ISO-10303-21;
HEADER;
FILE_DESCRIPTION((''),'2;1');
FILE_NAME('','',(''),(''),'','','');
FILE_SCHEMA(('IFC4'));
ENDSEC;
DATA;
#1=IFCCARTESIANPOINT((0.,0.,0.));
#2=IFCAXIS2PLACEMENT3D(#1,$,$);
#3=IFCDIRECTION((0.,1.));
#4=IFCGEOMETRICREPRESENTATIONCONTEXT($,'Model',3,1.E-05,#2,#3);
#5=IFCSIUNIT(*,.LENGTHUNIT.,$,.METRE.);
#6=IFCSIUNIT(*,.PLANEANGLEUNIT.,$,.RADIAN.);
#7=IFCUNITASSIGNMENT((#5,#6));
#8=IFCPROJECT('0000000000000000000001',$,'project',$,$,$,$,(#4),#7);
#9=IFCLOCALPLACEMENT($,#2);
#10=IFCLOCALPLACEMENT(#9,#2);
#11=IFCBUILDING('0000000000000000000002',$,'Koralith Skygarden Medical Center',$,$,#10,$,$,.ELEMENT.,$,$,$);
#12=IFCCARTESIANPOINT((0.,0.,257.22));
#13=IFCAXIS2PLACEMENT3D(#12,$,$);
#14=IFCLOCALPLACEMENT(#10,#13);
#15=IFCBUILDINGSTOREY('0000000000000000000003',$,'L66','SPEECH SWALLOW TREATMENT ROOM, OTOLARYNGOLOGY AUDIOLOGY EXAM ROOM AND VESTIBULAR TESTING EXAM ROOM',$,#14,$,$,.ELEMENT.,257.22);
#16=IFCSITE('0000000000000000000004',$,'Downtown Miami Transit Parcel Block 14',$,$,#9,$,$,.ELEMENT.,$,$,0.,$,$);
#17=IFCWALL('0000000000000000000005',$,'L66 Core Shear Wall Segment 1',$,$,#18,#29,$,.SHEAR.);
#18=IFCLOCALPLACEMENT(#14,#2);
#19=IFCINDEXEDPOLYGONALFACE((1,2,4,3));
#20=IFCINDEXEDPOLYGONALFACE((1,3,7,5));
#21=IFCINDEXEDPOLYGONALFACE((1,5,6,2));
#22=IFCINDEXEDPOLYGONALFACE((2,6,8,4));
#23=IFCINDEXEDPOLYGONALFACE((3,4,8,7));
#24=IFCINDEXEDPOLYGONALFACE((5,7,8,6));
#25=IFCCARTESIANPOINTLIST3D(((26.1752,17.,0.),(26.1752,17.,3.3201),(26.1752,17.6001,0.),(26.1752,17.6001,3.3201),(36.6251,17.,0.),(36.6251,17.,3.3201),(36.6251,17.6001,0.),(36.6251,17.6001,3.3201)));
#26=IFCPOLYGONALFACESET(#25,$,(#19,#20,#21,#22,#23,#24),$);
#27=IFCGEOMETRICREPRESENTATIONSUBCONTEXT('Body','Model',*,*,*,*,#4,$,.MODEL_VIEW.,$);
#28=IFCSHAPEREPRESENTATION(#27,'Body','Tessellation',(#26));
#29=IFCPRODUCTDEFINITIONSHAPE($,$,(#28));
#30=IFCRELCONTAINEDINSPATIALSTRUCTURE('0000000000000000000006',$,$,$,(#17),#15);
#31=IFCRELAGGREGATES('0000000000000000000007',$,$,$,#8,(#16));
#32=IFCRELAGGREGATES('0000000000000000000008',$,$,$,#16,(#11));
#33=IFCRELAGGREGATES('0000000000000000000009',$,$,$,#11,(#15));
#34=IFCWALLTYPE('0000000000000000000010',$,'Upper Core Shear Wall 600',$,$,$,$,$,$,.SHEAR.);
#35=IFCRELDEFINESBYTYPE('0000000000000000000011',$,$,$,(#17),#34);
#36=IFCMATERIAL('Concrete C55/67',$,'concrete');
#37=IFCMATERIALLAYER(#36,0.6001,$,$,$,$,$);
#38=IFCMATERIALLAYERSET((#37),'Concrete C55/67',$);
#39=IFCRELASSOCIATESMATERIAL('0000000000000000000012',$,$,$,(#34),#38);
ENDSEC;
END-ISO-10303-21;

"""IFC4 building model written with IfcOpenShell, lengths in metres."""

from ifc_helpers import new_model, si_unit, direction, frame, frame_2d, origin, place, context, subcontext, project, spatial, rectangle, extrude, material, layer, layer_set, type_object, element, save


model = new_model("IFC4")

# Units and contexts
model_context = context("Model", 3, precision=1e-05, world=origin(), true_north=direction((0.0, 1.0)))
body_context = subcontext(model_context, "Body", "Model", "MODEL_VIEW")
ifc_project = project(units=[si_unit("LENGTHUNIT", "METRE"), si_unit("PLANEANGLEUNIT", "RADIAN")], contexts=[model_context])

# Site, building, storey
site_placement = place(None, origin())
site = spatial("IfcSite", under=ifc_project, at=site_placement, Name="Downtown Miami Transit Parcel Block 14", CompositionType="ELEMENT", RefElevation=0.0)
building_placement = place(site_placement, origin())
building = spatial("IfcBuilding", under=site, at=building_placement, Name="Koralith Skygarden Medical Center", CompositionType="ELEMENT")
storey_placement = place(building_placement, frame((0.0, 0.0, 257.22)))
storey = spatial("IfcBuildingStorey", under=building, at=storey_placement, Name="L66", Description="SPEECH SWALLOW TREATMENT ROOM, OTOLARYNGOLOGY AUDIOLOGY EXAM ROOM AND VESTIBULAR TESTING EXAM ROOM", CompositionType="ELEMENT", Elevation=257.22)

# Shared definitions
ifc_material_1 = material(Name="Concrete C55/67", Category="concrete")

# Wall
ifc_layer_1 = layer(ifc_material_1, 0.6001)
ifc_layer_set_1 = layer_set([ifc_layer_1], Name="Concrete C55/67")
wall_type_1 = type_object("IfcWallType", Name="Upper Core Shear Wall 600", PredefinedType="SHEAR", material=ifc_layer_set_1)
wall_1_placement = place(storey_placement, frame((26.175, 17.3, 0.0), z_axis=(0.0, 0.0, 1.0), x_axis=(1.0, 0.0, 0.0)))
element("IfcWall", 1, at=wall_1_placement, inside=storey, type_object=wall_type_1, Name="L66 Core Shear Wall Segment 1", PredefinedType="SHEAR", context=body_context, shape_type="SweptSolid", body=[
    extrude(rectangle(XDim=10.45, YDim=0.6001, at=frame_2d((5.2251, 0.0))), origin(), (0.0, 0.0, 1.0), 3.3201),
])

save(model, "model.ifc")
